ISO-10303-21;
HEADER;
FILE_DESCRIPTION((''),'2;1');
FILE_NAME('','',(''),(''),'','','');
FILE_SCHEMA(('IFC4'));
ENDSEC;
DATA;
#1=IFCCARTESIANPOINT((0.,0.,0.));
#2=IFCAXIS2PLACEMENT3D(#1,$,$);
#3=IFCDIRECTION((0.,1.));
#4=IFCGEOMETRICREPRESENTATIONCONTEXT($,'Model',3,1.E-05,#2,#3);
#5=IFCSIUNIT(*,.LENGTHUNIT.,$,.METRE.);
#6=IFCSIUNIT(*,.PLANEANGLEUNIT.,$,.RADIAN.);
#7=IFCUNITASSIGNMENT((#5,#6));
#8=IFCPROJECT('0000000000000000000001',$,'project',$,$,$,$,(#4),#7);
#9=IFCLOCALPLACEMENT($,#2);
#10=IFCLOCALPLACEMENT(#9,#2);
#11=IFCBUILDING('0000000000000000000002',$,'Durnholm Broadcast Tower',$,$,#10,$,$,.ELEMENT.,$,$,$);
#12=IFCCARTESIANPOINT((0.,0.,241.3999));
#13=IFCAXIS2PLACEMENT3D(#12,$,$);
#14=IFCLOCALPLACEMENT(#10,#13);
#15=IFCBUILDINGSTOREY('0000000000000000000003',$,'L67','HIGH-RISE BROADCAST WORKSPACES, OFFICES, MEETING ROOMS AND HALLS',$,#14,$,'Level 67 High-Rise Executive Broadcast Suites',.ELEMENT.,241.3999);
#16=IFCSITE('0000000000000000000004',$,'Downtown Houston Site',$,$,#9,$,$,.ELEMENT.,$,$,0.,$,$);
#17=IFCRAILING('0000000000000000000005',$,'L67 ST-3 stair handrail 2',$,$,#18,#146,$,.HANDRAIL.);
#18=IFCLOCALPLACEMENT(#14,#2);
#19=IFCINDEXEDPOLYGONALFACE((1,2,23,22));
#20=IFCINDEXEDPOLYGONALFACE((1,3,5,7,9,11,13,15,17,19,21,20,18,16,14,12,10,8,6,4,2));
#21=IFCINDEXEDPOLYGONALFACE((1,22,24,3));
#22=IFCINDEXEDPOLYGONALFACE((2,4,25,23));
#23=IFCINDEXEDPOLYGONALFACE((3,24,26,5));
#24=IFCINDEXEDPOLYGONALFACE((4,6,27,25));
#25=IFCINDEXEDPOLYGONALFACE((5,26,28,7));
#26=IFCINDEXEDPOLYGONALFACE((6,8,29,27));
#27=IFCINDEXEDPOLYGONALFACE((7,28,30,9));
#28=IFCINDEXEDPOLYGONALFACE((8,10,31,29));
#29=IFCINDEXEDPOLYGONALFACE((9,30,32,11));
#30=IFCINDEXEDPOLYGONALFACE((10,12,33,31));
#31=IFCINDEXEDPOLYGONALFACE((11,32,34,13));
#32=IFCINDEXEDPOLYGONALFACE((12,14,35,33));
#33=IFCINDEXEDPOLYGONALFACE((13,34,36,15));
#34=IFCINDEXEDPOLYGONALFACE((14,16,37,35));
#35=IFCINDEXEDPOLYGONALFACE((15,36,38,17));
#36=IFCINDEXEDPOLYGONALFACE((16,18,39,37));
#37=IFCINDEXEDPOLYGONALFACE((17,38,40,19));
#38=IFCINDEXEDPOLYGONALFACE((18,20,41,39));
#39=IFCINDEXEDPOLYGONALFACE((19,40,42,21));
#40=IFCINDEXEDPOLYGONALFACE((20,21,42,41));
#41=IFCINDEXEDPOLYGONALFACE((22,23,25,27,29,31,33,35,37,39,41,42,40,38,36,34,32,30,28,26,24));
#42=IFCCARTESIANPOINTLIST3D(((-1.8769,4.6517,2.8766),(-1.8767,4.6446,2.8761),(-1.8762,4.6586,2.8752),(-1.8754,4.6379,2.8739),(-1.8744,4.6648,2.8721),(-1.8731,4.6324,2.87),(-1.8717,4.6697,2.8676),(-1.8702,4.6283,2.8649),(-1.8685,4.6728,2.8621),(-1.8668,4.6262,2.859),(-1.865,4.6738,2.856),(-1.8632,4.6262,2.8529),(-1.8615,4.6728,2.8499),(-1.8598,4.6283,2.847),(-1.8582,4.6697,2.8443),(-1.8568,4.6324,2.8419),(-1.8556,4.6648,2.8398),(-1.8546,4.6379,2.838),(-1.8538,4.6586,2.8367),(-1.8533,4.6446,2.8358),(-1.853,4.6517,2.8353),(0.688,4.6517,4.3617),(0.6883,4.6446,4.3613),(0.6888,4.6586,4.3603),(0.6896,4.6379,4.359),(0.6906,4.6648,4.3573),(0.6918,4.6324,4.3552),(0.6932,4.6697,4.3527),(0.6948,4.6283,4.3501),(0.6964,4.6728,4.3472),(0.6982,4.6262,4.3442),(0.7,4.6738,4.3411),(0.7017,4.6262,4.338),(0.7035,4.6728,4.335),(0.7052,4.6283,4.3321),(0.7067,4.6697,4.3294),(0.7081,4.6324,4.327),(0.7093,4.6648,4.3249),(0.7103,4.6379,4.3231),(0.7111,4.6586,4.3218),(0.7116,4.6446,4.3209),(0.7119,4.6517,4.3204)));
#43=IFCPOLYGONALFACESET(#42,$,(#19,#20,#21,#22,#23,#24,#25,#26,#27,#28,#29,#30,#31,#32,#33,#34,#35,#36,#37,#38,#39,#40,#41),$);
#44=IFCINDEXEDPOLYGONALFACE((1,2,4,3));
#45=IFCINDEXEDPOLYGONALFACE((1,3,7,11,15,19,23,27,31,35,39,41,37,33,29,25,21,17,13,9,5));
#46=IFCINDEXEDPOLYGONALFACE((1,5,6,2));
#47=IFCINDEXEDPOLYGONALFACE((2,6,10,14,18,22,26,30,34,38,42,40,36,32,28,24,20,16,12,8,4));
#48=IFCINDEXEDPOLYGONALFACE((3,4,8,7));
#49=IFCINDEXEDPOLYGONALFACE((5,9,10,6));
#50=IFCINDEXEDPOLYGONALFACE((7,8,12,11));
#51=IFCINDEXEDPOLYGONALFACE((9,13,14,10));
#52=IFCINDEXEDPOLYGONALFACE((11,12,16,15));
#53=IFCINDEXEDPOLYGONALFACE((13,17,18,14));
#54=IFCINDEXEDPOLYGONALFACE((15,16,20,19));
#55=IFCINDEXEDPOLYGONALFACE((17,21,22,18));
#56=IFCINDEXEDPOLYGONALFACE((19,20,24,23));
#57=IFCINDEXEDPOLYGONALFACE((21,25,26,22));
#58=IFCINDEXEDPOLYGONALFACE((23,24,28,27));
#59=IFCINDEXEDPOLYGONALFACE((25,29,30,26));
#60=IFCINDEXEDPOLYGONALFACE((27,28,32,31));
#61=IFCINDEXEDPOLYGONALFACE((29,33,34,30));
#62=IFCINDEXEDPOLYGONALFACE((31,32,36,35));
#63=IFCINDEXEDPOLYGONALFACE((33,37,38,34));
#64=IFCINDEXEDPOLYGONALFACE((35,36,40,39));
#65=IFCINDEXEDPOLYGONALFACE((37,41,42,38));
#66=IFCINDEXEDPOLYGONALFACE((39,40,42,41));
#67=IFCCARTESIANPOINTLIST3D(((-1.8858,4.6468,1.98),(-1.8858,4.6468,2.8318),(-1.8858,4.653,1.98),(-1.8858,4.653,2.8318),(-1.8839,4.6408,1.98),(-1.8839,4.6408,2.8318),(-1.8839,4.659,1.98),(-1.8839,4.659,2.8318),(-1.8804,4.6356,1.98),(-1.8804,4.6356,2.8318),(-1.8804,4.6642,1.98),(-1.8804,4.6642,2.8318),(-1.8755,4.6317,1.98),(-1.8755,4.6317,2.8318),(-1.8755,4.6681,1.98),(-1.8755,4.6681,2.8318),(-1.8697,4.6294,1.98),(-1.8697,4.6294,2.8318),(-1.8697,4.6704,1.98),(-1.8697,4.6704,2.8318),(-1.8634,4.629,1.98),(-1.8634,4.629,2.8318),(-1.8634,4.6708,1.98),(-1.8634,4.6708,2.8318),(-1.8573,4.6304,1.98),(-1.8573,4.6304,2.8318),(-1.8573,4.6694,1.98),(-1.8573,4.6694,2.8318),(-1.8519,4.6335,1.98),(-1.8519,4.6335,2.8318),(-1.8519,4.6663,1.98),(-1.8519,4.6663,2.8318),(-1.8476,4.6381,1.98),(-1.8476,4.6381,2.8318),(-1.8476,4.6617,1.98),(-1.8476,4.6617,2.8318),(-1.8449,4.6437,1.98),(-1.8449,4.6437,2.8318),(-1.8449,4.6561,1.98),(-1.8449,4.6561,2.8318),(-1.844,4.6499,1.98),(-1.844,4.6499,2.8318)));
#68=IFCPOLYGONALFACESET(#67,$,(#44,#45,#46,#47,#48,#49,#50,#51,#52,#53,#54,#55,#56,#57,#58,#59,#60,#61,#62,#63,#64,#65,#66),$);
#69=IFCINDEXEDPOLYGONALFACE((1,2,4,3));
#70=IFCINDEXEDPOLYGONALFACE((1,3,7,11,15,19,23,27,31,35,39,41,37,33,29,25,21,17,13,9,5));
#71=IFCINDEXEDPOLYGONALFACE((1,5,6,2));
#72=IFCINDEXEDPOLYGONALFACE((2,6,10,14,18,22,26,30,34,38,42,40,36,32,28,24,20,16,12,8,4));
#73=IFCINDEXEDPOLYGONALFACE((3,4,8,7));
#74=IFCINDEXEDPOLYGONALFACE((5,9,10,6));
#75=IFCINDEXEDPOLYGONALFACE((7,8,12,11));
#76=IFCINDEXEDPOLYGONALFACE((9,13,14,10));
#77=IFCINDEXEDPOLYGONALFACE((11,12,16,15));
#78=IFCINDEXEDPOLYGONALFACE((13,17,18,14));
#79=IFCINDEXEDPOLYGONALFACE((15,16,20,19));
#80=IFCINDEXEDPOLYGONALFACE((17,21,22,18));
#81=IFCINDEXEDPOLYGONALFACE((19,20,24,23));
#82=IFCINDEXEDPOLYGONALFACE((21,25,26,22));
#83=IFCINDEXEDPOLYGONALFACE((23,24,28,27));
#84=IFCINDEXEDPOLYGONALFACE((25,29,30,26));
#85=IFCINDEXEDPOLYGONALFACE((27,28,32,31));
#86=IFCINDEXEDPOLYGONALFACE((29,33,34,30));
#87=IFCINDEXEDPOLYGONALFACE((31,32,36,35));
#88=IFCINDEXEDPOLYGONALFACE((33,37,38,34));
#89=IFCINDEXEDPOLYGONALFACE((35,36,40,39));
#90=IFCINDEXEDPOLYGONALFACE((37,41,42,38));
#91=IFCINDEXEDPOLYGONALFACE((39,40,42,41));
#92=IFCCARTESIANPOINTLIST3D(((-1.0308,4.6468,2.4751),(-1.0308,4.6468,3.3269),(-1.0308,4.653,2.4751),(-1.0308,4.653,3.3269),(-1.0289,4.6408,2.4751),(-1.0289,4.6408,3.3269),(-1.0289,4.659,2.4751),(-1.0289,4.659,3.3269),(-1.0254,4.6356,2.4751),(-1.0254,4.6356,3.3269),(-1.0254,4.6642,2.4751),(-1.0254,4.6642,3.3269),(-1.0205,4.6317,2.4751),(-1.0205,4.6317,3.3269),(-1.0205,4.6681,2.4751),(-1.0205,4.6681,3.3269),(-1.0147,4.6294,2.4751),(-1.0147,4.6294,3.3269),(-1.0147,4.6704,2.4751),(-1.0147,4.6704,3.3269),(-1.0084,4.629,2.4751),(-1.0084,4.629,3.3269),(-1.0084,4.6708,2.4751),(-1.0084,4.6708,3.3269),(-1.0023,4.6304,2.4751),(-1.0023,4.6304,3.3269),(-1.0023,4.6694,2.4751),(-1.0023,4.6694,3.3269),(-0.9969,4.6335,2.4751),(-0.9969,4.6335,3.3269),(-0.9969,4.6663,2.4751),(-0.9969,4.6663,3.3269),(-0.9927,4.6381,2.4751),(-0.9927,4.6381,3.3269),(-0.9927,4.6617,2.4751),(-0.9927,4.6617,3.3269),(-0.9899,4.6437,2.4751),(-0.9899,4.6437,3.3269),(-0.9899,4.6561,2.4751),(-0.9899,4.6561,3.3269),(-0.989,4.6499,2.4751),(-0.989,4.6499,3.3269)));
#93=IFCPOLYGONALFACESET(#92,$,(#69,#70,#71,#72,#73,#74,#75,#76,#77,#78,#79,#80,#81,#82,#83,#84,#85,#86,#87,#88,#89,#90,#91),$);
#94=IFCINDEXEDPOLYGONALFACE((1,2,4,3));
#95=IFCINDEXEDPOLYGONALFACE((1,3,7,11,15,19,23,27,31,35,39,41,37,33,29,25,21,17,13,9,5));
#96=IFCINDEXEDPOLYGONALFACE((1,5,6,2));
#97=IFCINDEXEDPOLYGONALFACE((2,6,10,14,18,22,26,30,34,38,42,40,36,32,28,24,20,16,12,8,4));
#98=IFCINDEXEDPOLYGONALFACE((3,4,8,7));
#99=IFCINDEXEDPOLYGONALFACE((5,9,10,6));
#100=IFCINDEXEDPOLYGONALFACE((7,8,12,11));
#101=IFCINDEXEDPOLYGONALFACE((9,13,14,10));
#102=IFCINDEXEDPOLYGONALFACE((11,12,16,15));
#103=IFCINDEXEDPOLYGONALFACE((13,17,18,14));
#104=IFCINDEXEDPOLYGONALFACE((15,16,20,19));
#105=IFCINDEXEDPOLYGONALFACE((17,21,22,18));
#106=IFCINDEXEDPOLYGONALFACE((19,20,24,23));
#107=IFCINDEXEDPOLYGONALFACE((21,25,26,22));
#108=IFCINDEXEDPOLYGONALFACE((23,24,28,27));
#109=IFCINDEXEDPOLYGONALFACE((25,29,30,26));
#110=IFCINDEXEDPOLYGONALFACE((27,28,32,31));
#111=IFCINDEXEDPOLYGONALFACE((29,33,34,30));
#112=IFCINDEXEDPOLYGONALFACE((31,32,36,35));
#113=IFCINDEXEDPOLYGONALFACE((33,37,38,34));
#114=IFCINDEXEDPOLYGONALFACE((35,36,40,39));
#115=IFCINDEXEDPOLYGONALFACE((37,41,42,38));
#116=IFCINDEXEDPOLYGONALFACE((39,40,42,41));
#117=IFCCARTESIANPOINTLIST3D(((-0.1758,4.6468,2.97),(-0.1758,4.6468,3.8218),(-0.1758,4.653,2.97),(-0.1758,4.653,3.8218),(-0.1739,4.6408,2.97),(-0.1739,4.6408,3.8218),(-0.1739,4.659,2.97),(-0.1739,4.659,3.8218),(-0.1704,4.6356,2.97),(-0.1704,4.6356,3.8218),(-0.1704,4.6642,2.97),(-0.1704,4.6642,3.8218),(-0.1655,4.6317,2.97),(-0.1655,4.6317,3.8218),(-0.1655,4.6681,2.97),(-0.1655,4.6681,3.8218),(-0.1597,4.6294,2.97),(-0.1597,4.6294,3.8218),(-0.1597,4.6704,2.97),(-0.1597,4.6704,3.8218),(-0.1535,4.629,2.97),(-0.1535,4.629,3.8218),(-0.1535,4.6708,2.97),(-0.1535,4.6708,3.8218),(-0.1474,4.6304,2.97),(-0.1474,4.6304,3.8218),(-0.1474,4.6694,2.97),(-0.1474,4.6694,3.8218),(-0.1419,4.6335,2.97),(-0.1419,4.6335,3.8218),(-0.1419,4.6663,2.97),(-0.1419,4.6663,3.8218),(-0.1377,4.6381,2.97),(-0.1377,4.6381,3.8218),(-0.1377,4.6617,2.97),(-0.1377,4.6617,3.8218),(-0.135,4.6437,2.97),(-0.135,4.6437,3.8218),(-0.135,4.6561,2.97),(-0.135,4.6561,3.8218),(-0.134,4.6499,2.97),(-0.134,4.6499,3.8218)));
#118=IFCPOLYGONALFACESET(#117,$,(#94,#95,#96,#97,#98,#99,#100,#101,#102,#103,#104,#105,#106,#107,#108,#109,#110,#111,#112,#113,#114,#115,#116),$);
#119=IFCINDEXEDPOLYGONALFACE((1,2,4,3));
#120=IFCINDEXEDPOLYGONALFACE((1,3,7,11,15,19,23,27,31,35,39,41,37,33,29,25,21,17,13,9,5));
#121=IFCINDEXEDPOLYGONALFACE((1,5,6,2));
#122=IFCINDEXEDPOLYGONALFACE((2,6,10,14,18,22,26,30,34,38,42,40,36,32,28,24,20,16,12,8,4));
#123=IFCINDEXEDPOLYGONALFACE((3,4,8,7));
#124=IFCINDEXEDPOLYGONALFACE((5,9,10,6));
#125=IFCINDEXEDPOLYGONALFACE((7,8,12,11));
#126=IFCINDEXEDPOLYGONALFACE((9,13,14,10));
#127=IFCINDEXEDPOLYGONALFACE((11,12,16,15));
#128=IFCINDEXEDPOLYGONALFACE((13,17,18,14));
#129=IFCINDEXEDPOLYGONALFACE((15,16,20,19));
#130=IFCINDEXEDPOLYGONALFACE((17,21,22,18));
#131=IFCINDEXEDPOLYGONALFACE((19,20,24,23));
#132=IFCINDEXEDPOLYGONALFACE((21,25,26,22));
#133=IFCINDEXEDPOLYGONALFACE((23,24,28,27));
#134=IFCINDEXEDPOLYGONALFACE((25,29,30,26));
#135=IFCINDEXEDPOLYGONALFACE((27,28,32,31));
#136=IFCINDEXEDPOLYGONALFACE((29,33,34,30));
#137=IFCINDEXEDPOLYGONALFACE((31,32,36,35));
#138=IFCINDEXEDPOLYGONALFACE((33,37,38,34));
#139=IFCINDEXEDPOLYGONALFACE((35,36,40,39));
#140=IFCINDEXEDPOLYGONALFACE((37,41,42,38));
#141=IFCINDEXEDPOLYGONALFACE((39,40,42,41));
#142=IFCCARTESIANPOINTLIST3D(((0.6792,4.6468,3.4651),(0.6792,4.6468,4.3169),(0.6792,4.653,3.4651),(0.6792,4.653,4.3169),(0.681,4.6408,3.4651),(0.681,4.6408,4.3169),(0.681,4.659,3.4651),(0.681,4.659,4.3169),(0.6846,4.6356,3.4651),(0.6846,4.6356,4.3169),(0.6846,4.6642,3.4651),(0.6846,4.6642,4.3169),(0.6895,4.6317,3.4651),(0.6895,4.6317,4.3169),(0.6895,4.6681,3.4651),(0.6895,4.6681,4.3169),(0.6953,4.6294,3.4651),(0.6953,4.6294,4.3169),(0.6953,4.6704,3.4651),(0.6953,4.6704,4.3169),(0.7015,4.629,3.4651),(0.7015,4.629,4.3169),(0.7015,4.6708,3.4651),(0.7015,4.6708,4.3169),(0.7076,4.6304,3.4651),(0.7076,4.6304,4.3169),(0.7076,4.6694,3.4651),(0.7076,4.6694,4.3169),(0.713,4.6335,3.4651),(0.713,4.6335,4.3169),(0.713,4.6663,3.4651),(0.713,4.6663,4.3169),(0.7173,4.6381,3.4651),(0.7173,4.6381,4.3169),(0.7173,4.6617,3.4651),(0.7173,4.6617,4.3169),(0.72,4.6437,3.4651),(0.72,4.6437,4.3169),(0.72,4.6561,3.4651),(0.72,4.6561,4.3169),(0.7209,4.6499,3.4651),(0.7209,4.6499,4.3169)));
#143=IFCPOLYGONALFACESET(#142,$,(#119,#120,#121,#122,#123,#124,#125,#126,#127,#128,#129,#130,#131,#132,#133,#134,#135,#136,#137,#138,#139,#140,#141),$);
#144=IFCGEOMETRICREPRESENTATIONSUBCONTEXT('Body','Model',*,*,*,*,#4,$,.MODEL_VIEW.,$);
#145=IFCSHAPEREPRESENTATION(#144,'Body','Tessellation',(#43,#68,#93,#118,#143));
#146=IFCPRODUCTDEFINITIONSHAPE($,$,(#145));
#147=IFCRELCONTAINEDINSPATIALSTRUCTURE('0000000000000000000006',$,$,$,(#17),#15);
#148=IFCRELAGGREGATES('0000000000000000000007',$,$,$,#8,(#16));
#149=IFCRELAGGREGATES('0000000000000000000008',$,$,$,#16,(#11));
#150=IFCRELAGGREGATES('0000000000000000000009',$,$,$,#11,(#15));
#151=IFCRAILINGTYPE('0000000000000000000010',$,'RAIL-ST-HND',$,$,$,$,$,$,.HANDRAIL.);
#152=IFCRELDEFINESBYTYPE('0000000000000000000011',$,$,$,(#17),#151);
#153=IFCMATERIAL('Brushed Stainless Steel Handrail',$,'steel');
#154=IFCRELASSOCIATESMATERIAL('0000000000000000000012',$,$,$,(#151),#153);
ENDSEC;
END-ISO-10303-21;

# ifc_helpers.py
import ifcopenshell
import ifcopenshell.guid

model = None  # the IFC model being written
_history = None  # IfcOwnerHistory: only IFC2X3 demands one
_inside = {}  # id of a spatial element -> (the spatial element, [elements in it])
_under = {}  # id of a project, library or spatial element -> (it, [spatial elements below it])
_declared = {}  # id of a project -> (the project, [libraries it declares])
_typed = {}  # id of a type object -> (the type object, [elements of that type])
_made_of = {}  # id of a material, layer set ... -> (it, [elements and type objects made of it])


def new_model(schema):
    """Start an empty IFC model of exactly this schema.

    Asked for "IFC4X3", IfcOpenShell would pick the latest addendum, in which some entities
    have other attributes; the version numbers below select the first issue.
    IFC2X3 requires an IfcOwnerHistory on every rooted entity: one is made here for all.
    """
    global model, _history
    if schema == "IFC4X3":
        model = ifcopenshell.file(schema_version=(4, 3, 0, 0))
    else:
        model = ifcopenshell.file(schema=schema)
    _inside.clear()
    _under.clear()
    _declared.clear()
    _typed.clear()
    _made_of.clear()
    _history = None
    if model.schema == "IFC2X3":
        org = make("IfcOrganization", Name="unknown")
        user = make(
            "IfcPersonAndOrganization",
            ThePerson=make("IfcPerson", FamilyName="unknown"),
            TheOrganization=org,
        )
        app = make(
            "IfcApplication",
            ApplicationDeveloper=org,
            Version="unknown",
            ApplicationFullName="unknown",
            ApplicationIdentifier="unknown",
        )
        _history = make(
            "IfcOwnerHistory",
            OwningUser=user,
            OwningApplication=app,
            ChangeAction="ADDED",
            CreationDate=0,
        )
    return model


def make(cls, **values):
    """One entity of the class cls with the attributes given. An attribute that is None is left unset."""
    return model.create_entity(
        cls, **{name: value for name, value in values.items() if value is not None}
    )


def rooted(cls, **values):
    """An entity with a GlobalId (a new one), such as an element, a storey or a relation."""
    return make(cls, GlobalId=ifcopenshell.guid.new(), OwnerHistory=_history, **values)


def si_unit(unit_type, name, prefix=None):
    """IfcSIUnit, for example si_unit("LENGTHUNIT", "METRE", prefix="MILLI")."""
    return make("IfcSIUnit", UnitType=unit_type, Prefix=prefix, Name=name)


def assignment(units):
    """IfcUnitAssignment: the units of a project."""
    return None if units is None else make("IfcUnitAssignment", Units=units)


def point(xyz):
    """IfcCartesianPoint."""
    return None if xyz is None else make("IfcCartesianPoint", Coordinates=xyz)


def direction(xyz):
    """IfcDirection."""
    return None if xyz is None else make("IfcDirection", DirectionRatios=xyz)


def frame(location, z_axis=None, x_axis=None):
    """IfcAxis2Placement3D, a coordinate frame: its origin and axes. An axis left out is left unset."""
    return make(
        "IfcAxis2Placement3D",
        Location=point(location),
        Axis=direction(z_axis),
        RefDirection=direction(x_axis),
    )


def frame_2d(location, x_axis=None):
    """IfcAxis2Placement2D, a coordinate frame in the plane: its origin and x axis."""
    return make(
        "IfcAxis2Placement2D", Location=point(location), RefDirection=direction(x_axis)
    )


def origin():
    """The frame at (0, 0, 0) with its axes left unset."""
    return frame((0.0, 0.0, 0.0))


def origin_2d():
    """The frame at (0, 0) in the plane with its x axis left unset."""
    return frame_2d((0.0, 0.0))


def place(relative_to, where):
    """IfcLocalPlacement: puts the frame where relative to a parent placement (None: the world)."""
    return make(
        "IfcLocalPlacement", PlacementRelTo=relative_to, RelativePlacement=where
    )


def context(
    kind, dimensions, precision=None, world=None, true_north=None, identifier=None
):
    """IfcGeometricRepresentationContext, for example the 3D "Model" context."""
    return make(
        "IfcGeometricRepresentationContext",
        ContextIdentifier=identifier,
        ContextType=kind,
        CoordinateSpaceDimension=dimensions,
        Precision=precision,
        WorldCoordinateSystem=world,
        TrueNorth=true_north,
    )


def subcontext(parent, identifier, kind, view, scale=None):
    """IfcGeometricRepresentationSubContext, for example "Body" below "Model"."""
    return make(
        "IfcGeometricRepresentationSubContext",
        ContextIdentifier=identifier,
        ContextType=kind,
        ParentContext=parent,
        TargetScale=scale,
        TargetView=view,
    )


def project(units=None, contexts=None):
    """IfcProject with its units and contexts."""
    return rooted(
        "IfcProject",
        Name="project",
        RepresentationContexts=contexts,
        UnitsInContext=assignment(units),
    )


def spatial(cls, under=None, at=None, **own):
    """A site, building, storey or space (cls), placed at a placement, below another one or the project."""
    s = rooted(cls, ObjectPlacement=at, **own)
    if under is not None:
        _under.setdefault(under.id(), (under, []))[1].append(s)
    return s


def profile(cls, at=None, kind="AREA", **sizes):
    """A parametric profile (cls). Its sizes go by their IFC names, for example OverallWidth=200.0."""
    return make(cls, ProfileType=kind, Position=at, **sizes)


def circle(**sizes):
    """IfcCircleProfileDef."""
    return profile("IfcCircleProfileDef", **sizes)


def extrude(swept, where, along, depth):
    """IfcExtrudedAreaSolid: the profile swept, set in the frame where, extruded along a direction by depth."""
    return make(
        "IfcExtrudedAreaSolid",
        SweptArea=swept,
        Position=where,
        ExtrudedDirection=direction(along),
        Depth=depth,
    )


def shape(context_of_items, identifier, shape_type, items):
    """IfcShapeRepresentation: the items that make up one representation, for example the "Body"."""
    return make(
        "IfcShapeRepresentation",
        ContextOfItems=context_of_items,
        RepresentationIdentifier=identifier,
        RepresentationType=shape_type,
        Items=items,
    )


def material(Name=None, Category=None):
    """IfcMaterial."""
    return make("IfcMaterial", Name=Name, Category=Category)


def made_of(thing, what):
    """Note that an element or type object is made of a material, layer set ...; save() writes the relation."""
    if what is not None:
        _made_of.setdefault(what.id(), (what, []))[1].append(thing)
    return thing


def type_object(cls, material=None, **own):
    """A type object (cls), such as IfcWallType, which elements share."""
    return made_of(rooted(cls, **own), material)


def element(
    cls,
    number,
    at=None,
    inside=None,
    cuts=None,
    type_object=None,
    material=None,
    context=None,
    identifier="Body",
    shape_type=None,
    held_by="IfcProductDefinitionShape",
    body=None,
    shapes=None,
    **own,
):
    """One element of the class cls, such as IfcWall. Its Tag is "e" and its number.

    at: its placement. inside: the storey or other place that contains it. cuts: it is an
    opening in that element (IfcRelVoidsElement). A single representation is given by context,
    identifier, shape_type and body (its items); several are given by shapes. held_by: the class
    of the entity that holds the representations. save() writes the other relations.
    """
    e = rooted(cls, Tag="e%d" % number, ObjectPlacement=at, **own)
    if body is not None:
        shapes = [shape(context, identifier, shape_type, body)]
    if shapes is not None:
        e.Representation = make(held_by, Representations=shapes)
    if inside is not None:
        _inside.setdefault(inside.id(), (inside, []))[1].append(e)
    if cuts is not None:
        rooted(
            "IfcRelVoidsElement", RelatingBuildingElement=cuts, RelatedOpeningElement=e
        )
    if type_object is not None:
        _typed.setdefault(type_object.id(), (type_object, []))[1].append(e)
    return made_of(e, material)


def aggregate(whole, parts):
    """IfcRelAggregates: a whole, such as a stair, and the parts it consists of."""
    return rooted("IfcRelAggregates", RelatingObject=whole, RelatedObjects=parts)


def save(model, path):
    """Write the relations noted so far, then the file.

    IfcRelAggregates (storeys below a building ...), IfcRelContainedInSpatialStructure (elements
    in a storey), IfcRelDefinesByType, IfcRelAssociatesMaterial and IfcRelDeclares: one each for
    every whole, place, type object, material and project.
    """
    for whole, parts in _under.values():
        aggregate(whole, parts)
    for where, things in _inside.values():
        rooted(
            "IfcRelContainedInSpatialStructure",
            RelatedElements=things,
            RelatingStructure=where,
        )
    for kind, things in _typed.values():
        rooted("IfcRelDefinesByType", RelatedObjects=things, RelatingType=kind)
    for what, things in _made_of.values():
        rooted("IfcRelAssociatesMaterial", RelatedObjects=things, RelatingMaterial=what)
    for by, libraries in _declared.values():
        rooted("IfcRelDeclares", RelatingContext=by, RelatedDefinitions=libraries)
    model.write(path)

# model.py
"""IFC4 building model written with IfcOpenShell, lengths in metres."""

from ifc_helpers import new_model, si_unit, direction, frame, origin, origin_2d, place, context, subcontext, project, spatial, circle, extrude, material, type_object, element, save


model = new_model("IFC4")

# Units and contexts
model_context = context("Model", 3, precision=1e-05, world=origin(), true_north=direction((0.0, 1.0)))
body_context = subcontext(model_context, "Body", "Model", "MODEL_VIEW")
ifc_project = project(units=[si_unit("LENGTHUNIT", "METRE"), si_unit("PLANEANGLEUNIT", "RADIAN")], contexts=[model_context])

# Site, building, storey
site_placement = place(None, origin())
site = spatial("IfcSite", under=ifc_project, at=site_placement, Name="Downtown Houston Site", CompositionType="ELEMENT", RefElevation=0.0)
building_placement = place(site_placement, origin())
building = spatial("IfcBuilding", under=site, at=building_placement, Name="Durnholm Broadcast Tower", CompositionType="ELEMENT")
storey_placement = place(building_placement, frame((0.0, 0.0, 241.3999)))
storey = spatial("IfcBuildingStorey", under=building, at=storey_placement, Name="L67", Description="HIGH-RISE BROADCAST WORKSPACES, OFFICES, MEETING ROOMS AND HALLS", LongName="Level 67 High-Rise Executive Broadcast Suites", CompositionType="ELEMENT", Elevation=241.3999)

# Railing
ifc_material_1 = material(Name="Brushed Stainless Steel Handrail", Category="steel")
railing_type_1 = type_object("IfcRailingType", Name="RAIL-ST-HND", PredefinedType="HANDRAIL", material=ifc_material_1)
railing_1_placement = place(storey_placement, frame((-1.865, 4.6499, 1.98)))
element("IfcRailing", 1, at=railing_1_placement, inside=storey, type_object=railing_type_1, Name="L67 ST-3 stair handrail 2", PredefinedType="HANDRAIL", context=body_context, shape_type="SweptSolid", body=[
    extrude(circle(Radius=0.0239, at=origin_2d()), frame((0.0, 0.0, 0.876), z_axis=(0.865406, 0.0, 0.501072), x_axis=(0.0, 1.0, 0.0)), (0.0, 0.0, 1.0), 2.9639),
    extrude(circle(Radius=0.021, at=origin_2d()), origin(), (0.0, 0.0, 1.0), 0.8518),
    extrude(circle(Radius=0.021, at=origin_2d()), frame((0.855, 0.0, 0.4951)), (0.0, 0.0, 1.0), 0.8518),
    extrude(circle(Radius=0.021, at=origin_2d()), frame((1.71, 0.0, 0.99)), (0.0, 0.0, 1.0), 0.8518),
    extrude(circle(Radius=0.021, at=origin_2d()), frame((2.5649, 0.0, 1.4851)), (0.0, 0.0, 1.0), 0.8518),
])

save(model, "model.ifc")
